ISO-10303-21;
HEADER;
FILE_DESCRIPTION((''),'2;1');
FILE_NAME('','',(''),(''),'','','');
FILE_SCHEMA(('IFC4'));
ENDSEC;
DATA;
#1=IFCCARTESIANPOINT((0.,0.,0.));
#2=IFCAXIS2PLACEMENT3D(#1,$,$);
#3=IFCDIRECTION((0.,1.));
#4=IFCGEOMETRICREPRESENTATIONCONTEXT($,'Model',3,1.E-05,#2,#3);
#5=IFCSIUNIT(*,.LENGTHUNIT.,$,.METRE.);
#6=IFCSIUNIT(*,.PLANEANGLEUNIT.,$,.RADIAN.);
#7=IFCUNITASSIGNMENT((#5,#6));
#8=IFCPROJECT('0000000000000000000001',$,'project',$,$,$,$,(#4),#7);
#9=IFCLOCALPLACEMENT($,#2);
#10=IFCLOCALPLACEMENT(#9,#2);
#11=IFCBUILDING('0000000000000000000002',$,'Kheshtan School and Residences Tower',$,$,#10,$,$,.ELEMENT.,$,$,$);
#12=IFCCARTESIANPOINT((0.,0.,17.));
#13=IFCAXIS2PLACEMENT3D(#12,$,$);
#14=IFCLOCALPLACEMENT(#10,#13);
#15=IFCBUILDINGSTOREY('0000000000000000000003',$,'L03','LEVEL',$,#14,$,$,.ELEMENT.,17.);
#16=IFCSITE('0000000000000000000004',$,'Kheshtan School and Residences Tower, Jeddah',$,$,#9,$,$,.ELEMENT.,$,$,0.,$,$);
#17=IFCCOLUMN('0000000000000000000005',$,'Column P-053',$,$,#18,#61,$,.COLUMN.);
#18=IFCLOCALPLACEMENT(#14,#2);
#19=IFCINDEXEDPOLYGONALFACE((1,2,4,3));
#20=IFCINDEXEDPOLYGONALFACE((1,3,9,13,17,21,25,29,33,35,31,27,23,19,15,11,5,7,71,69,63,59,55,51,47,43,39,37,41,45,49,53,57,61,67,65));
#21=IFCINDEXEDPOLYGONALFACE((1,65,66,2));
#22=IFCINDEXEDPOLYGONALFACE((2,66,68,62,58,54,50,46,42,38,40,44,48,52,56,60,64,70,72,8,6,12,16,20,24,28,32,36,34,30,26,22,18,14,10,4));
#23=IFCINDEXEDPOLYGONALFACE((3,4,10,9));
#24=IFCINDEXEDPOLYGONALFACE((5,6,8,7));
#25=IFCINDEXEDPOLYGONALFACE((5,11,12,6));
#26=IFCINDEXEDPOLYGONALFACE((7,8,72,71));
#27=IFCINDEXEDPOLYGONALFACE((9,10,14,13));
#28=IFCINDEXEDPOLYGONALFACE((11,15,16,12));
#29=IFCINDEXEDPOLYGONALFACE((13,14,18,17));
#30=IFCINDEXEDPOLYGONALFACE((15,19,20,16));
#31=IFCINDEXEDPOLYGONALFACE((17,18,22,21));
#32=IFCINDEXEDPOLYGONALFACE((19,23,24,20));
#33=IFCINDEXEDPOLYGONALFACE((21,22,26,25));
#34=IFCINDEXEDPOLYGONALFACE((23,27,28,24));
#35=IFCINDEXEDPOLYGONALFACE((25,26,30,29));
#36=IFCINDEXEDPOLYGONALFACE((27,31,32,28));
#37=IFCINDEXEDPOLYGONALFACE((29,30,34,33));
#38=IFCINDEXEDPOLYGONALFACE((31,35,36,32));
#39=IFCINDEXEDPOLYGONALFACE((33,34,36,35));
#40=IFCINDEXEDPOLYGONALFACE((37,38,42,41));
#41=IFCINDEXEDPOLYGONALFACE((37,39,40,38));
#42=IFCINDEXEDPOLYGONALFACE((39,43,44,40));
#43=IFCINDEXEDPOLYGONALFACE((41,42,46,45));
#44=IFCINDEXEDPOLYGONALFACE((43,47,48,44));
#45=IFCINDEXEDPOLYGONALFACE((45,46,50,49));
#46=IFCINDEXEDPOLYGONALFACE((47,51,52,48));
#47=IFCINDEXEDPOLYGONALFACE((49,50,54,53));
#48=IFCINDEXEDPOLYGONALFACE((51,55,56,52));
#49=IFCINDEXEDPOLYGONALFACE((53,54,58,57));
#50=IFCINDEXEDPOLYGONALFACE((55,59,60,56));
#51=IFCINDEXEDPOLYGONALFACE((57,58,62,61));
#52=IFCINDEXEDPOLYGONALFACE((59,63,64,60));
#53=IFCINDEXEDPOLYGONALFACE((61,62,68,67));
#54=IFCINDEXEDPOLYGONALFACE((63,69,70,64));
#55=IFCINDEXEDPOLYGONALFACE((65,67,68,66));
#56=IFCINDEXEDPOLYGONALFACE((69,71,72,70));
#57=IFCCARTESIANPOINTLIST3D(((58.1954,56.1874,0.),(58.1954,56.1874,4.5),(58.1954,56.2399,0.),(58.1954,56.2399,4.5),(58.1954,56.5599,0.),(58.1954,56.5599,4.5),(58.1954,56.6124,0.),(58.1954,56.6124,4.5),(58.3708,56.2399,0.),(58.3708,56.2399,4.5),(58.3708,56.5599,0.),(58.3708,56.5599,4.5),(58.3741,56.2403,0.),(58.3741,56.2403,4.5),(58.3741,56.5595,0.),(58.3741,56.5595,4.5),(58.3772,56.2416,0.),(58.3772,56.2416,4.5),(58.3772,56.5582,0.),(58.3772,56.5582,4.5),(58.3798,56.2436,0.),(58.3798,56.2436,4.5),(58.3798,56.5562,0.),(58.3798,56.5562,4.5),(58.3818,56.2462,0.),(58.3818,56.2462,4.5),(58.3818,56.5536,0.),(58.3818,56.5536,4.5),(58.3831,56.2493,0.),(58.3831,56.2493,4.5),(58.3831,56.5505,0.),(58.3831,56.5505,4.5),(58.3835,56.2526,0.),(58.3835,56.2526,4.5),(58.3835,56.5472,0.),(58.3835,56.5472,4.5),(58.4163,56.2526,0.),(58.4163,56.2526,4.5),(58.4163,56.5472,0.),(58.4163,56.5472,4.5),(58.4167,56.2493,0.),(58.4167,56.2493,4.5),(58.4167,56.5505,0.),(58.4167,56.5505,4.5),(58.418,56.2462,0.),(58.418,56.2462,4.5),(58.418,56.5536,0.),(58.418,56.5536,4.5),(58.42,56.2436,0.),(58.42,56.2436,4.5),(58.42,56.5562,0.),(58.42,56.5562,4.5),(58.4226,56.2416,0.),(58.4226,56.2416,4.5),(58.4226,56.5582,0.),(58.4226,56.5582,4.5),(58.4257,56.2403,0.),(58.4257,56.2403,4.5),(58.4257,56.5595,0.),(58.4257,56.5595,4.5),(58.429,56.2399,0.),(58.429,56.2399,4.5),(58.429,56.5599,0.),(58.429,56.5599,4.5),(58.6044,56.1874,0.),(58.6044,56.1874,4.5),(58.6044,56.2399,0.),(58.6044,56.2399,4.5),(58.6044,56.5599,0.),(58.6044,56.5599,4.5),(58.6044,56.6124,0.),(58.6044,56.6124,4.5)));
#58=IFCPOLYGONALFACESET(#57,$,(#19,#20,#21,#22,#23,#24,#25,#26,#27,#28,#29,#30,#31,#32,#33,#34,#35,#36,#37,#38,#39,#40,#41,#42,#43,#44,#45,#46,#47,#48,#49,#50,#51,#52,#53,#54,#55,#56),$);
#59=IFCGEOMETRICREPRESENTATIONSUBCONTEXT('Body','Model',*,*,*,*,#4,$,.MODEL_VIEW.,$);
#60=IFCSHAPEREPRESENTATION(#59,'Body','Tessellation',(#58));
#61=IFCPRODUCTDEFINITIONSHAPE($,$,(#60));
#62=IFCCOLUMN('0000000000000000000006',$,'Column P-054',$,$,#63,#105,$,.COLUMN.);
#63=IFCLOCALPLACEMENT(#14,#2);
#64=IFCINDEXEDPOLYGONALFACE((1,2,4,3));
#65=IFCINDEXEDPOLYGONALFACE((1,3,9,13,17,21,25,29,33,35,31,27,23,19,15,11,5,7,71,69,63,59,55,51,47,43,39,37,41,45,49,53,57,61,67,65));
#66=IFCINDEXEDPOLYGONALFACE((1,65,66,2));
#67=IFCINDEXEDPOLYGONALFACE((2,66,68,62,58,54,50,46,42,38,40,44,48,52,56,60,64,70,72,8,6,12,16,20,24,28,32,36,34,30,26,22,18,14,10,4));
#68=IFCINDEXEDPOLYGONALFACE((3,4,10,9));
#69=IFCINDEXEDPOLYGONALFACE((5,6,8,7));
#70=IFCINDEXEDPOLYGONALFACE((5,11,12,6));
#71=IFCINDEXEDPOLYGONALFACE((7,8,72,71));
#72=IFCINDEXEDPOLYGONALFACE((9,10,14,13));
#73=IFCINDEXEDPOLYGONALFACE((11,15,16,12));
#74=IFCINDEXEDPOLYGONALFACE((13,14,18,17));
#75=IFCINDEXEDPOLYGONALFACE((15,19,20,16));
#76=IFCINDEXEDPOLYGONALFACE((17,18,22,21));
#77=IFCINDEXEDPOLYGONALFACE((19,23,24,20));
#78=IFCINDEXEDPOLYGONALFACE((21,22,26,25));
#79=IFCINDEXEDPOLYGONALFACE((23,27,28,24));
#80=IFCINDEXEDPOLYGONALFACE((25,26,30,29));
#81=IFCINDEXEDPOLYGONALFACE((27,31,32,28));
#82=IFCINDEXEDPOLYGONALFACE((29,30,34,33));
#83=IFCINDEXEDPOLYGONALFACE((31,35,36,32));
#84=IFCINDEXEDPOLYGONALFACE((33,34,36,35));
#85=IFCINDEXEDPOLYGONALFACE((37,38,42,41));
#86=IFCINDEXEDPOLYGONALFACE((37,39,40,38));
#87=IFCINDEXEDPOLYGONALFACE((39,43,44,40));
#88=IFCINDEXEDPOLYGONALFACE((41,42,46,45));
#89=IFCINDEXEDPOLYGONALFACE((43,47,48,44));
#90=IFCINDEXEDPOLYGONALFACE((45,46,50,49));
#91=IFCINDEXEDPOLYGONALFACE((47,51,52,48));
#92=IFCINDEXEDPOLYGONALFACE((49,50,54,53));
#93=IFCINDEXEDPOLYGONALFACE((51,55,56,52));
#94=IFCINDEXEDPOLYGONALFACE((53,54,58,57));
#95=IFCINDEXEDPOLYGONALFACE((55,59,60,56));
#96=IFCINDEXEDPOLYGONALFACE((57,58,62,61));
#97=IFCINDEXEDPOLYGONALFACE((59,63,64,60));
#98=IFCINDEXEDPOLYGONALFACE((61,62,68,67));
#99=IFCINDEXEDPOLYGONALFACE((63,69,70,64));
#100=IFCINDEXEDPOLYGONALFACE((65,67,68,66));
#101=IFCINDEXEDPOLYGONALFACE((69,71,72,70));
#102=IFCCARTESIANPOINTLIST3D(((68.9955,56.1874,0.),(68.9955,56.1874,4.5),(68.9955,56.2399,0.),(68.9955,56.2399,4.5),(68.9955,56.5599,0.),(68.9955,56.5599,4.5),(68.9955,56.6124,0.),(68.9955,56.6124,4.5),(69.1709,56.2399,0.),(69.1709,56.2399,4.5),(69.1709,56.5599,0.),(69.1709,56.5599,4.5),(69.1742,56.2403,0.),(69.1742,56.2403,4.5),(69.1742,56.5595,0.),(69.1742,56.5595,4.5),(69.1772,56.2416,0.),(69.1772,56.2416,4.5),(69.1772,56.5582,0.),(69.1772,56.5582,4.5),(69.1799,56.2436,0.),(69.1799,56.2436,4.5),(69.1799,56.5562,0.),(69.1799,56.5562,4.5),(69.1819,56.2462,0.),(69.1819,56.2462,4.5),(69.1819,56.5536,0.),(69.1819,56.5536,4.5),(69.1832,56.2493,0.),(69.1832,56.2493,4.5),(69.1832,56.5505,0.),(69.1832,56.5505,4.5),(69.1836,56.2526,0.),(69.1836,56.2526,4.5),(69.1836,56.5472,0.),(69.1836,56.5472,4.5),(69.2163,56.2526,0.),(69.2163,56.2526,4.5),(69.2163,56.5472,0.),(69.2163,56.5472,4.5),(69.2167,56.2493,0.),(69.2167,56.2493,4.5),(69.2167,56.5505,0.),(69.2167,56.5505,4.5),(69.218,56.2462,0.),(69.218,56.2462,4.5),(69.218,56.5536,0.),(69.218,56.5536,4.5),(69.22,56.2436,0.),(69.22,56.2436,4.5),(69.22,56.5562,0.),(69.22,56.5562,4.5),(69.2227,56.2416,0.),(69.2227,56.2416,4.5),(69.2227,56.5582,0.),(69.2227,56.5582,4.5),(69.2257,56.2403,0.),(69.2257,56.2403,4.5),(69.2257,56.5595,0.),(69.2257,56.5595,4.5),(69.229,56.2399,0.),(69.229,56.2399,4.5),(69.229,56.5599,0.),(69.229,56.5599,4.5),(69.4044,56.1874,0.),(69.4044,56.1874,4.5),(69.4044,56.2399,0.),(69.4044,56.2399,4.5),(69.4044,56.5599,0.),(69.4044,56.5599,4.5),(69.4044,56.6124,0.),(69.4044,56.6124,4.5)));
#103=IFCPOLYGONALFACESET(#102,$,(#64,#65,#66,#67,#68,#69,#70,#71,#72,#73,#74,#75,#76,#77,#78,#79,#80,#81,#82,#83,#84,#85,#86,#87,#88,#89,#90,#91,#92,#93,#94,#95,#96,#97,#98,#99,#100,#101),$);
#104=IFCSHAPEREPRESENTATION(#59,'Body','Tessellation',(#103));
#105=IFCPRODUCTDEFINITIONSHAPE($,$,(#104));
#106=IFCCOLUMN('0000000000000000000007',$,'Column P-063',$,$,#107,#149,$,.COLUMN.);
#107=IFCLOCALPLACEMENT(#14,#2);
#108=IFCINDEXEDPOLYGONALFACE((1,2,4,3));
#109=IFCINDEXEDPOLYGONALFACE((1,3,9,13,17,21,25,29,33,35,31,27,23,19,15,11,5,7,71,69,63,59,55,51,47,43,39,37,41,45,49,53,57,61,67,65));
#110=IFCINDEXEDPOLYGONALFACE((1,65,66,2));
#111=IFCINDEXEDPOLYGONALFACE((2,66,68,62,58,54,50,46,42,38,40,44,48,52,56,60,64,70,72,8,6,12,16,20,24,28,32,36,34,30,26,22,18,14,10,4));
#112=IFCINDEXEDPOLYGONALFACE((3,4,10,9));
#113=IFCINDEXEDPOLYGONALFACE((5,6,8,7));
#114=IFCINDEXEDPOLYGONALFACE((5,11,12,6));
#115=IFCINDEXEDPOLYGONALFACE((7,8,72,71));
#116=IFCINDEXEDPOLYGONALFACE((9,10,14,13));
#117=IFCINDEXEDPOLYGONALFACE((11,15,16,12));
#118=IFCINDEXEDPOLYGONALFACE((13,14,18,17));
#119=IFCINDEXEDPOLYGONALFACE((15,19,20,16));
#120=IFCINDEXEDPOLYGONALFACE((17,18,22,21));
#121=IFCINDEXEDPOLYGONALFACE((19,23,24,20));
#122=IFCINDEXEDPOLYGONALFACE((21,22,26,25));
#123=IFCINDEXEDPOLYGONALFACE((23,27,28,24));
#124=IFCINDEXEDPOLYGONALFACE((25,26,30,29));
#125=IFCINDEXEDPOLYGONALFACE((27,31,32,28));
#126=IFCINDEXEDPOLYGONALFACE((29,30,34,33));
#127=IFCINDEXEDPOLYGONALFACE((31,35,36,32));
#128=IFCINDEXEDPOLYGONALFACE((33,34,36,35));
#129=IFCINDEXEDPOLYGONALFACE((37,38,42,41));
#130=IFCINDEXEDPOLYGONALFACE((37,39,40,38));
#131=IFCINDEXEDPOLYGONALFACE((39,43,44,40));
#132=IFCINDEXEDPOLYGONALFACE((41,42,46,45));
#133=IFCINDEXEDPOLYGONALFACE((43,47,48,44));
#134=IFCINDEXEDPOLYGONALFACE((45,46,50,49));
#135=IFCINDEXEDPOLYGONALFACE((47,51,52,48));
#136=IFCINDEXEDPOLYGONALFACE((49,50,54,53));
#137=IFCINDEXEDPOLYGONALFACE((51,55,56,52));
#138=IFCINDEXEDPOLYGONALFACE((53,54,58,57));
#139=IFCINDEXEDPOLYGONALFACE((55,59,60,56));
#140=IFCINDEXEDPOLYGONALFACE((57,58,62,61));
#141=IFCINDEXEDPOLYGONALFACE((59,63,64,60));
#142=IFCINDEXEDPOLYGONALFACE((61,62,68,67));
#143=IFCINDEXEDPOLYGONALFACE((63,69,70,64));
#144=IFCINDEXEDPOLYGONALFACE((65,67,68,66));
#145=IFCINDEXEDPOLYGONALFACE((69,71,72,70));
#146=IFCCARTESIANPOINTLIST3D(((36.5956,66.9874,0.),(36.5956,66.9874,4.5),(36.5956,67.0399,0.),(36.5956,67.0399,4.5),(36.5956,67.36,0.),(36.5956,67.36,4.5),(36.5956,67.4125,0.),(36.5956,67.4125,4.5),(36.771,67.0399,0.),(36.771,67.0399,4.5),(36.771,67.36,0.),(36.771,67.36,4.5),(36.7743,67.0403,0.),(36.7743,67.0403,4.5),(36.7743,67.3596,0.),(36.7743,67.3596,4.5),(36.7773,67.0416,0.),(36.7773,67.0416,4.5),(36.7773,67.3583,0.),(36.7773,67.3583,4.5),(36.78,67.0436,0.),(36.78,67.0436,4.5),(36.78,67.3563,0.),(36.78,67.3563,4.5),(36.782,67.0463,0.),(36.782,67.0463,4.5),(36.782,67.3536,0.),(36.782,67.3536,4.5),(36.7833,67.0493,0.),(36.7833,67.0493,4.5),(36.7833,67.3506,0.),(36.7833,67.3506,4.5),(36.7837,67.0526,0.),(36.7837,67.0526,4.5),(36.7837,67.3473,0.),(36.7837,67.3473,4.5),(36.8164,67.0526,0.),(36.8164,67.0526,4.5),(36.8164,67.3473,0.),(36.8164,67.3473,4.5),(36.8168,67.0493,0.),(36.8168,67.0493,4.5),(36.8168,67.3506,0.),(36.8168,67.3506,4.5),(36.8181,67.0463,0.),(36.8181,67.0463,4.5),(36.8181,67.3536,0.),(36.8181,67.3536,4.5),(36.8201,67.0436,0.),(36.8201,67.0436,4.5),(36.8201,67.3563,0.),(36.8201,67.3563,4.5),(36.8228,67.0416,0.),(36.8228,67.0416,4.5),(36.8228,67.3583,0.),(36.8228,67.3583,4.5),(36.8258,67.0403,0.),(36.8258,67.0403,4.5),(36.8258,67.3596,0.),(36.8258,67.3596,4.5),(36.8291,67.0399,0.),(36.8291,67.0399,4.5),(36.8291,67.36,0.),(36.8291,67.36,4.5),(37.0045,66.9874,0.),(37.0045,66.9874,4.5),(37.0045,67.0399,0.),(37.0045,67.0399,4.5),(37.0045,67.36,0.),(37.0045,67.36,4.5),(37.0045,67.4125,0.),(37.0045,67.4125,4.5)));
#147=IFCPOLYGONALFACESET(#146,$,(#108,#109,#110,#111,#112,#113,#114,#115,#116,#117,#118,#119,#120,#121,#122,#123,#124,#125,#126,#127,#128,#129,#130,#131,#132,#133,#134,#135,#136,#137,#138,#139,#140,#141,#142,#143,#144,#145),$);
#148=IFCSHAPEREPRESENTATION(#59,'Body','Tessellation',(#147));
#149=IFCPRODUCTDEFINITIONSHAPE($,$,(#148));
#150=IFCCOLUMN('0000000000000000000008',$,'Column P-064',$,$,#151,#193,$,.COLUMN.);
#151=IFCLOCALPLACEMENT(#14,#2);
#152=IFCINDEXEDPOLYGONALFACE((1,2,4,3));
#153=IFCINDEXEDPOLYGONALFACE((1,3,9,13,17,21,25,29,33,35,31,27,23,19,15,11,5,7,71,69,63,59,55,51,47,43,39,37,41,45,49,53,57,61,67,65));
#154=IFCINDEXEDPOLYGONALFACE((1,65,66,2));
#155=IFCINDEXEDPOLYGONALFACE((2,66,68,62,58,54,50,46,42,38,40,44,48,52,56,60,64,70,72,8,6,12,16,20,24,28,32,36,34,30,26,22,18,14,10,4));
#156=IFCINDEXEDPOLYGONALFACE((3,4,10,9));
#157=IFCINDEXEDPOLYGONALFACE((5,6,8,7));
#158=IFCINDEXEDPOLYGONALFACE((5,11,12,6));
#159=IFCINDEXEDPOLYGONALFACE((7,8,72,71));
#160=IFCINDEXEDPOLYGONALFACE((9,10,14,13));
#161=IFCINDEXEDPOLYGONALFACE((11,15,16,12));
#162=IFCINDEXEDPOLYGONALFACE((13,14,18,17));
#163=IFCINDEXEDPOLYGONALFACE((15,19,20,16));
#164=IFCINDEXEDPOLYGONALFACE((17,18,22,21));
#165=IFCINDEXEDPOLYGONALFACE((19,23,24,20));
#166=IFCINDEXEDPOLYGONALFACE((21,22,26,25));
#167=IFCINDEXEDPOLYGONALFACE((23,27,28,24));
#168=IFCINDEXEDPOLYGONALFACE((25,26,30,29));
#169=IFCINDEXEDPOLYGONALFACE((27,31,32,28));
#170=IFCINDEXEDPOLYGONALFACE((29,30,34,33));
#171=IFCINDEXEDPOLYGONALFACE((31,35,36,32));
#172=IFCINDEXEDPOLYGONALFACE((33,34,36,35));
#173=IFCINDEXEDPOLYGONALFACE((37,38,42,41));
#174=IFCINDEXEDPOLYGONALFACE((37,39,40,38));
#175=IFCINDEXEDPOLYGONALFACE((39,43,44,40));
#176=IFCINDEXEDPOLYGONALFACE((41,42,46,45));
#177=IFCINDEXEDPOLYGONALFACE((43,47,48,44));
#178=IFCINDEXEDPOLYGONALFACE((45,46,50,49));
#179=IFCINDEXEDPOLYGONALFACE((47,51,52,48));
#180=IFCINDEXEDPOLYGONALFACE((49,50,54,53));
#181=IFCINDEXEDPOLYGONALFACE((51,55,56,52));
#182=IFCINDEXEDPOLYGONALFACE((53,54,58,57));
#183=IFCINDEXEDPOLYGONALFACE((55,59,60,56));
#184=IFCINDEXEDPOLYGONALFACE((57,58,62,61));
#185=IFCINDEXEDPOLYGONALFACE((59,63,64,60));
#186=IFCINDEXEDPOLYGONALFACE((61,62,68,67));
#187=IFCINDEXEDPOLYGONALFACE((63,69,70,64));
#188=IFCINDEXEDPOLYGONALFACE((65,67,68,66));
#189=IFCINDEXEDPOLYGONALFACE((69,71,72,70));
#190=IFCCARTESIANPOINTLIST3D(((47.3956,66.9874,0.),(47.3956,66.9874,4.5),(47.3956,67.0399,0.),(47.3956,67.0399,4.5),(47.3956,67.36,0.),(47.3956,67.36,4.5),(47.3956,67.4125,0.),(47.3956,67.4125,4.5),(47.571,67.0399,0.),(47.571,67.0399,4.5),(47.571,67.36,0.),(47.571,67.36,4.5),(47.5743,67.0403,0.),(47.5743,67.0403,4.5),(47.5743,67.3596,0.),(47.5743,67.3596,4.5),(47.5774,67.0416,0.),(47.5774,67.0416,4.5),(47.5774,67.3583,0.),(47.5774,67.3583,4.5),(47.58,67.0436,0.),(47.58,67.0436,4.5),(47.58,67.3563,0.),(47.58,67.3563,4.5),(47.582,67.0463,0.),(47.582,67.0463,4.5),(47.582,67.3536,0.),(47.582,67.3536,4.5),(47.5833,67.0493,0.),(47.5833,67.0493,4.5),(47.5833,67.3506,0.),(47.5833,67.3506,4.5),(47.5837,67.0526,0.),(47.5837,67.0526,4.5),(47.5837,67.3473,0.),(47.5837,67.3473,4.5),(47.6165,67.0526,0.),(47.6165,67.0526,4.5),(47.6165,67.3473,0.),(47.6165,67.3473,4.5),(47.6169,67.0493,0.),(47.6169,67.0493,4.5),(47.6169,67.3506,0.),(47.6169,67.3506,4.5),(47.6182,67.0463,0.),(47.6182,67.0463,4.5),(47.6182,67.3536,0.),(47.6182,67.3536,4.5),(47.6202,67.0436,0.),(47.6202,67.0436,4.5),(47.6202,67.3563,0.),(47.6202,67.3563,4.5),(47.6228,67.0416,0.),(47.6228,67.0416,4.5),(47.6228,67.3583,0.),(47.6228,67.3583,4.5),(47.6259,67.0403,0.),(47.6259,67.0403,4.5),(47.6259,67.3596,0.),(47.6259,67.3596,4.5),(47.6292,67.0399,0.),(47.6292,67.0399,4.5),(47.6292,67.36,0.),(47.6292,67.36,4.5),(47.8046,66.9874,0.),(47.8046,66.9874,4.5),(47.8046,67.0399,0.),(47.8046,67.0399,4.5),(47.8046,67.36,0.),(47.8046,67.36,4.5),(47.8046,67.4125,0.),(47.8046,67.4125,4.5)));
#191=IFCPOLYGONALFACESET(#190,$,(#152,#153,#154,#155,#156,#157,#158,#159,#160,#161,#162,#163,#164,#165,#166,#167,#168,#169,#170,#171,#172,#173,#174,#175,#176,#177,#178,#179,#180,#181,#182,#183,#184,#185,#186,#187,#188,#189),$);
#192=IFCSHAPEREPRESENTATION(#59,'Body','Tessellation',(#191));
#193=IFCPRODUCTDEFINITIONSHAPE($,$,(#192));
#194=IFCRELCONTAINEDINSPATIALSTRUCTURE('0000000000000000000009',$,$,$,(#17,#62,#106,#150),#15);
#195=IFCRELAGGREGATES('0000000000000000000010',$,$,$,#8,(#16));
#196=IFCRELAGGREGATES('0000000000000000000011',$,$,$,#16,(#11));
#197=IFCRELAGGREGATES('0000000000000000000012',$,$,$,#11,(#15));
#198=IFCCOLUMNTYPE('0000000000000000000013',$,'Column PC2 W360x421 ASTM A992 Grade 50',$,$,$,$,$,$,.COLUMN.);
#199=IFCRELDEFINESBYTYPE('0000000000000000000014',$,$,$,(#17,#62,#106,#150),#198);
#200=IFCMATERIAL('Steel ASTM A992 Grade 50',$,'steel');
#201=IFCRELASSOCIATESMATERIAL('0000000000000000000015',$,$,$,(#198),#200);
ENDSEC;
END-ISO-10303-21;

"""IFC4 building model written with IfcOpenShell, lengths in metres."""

from ifc_helpers import new_model, si_unit, direction, frame, origin, origin_2d, place, context, subcontext, project, spatial, i_section, extrude, material, material_profile, profile_set, type_object, element, save


model = new_model("IFC4")

# Units and contexts
model_context = context("Model", 3, precision=1e-05, world=origin(), true_north=direction((0.0, 1.0)))
body_context = subcontext(model_context, "Body", "Model", "MODEL_VIEW")
ifc_project = project(units=[si_unit("LENGTHUNIT", "METRE"), si_unit("PLANEANGLEUNIT", "RADIAN")], contexts=[model_context])

# Site, building, storey
site_placement = place(None, origin())
site = spatial("IfcSite", under=ifc_project, at=site_placement, Name="Kheshtan School and Residences Tower, Jeddah", CompositionType="ELEMENT", RefElevation=0.0)
building_placement = place(site_placement, origin())
building = spatial("IfcBuilding", under=site, at=building_placement, Name="Kheshtan School and Residences Tower", CompositionType="ELEMENT")
storey_placement = place(building_placement, frame((0.0, 0.0, 17.0)))
storey = spatial("IfcBuildingStorey", under=building, at=storey_placement, Name="L03", Description="LEVEL", CompositionType="ELEMENT", Elevation=17.0)

# Columns
ifc_material_1 = material(Name="Steel ASTM A992 Grade 50", Category="steel")
ifc_material_profile = material_profile(ifc_material_1, i_section(OverallWidth=0.4089, OverallDepth=0.425, WebThickness=0.0327, FlangeThickness=0.0525, FilletRadius=0.0127, at=origin_2d()), Name="W360x421")
ifc_profile_set = profile_set([ifc_material_profile], Name="Steel ASTM A992 Grade 50")
column_type = type_object("IfcColumnType", Name="Column PC2 W360x421 ASTM A992 Grade 50", PredefinedType="COLUMN", material=ifc_profile_set)
for number, where, z_axis, x_axis, name in (
    (1, (58.3999, 56.3999, 0.0), (0.0, 0.0, 1.0), (1.0, 0.0, 0.0), "Column P-053"),
    (2, (69.2, 56.3999, 0.0), (0.0, 0.0, 1.0), (1.0, 0.0, 0.0), "Column P-054"),
    (3, (36.8, 67.2, 0.0), (0.0, 0.0, 1.0), (1.0, 0.0, 0.0), "Column P-063"),
    (4, (47.6001, 67.2, 0.0), (0.0, 0.0, 1.0), (1.0, 0.0, 0.0), "Column P-064"),
):
    element("IfcColumn", number, at=place(storey_placement, frame(where, z_axis=z_axis, x_axis=x_axis)), inside=storey, type_object=column_type, Name=name, PredefinedType="COLUMN", context=body_context, shape_type="SweptSolid", body=[
        extrude(i_section(OverallWidth=0.4089, OverallDepth=0.425, WebThickness=0.0327, FlangeThickness=0.0525, FilletRadius=0.0127, at=origin_2d()), origin(), (0.0, 0.0, 1.0), 4.5),
    ])

save(model, "model.ifc")
